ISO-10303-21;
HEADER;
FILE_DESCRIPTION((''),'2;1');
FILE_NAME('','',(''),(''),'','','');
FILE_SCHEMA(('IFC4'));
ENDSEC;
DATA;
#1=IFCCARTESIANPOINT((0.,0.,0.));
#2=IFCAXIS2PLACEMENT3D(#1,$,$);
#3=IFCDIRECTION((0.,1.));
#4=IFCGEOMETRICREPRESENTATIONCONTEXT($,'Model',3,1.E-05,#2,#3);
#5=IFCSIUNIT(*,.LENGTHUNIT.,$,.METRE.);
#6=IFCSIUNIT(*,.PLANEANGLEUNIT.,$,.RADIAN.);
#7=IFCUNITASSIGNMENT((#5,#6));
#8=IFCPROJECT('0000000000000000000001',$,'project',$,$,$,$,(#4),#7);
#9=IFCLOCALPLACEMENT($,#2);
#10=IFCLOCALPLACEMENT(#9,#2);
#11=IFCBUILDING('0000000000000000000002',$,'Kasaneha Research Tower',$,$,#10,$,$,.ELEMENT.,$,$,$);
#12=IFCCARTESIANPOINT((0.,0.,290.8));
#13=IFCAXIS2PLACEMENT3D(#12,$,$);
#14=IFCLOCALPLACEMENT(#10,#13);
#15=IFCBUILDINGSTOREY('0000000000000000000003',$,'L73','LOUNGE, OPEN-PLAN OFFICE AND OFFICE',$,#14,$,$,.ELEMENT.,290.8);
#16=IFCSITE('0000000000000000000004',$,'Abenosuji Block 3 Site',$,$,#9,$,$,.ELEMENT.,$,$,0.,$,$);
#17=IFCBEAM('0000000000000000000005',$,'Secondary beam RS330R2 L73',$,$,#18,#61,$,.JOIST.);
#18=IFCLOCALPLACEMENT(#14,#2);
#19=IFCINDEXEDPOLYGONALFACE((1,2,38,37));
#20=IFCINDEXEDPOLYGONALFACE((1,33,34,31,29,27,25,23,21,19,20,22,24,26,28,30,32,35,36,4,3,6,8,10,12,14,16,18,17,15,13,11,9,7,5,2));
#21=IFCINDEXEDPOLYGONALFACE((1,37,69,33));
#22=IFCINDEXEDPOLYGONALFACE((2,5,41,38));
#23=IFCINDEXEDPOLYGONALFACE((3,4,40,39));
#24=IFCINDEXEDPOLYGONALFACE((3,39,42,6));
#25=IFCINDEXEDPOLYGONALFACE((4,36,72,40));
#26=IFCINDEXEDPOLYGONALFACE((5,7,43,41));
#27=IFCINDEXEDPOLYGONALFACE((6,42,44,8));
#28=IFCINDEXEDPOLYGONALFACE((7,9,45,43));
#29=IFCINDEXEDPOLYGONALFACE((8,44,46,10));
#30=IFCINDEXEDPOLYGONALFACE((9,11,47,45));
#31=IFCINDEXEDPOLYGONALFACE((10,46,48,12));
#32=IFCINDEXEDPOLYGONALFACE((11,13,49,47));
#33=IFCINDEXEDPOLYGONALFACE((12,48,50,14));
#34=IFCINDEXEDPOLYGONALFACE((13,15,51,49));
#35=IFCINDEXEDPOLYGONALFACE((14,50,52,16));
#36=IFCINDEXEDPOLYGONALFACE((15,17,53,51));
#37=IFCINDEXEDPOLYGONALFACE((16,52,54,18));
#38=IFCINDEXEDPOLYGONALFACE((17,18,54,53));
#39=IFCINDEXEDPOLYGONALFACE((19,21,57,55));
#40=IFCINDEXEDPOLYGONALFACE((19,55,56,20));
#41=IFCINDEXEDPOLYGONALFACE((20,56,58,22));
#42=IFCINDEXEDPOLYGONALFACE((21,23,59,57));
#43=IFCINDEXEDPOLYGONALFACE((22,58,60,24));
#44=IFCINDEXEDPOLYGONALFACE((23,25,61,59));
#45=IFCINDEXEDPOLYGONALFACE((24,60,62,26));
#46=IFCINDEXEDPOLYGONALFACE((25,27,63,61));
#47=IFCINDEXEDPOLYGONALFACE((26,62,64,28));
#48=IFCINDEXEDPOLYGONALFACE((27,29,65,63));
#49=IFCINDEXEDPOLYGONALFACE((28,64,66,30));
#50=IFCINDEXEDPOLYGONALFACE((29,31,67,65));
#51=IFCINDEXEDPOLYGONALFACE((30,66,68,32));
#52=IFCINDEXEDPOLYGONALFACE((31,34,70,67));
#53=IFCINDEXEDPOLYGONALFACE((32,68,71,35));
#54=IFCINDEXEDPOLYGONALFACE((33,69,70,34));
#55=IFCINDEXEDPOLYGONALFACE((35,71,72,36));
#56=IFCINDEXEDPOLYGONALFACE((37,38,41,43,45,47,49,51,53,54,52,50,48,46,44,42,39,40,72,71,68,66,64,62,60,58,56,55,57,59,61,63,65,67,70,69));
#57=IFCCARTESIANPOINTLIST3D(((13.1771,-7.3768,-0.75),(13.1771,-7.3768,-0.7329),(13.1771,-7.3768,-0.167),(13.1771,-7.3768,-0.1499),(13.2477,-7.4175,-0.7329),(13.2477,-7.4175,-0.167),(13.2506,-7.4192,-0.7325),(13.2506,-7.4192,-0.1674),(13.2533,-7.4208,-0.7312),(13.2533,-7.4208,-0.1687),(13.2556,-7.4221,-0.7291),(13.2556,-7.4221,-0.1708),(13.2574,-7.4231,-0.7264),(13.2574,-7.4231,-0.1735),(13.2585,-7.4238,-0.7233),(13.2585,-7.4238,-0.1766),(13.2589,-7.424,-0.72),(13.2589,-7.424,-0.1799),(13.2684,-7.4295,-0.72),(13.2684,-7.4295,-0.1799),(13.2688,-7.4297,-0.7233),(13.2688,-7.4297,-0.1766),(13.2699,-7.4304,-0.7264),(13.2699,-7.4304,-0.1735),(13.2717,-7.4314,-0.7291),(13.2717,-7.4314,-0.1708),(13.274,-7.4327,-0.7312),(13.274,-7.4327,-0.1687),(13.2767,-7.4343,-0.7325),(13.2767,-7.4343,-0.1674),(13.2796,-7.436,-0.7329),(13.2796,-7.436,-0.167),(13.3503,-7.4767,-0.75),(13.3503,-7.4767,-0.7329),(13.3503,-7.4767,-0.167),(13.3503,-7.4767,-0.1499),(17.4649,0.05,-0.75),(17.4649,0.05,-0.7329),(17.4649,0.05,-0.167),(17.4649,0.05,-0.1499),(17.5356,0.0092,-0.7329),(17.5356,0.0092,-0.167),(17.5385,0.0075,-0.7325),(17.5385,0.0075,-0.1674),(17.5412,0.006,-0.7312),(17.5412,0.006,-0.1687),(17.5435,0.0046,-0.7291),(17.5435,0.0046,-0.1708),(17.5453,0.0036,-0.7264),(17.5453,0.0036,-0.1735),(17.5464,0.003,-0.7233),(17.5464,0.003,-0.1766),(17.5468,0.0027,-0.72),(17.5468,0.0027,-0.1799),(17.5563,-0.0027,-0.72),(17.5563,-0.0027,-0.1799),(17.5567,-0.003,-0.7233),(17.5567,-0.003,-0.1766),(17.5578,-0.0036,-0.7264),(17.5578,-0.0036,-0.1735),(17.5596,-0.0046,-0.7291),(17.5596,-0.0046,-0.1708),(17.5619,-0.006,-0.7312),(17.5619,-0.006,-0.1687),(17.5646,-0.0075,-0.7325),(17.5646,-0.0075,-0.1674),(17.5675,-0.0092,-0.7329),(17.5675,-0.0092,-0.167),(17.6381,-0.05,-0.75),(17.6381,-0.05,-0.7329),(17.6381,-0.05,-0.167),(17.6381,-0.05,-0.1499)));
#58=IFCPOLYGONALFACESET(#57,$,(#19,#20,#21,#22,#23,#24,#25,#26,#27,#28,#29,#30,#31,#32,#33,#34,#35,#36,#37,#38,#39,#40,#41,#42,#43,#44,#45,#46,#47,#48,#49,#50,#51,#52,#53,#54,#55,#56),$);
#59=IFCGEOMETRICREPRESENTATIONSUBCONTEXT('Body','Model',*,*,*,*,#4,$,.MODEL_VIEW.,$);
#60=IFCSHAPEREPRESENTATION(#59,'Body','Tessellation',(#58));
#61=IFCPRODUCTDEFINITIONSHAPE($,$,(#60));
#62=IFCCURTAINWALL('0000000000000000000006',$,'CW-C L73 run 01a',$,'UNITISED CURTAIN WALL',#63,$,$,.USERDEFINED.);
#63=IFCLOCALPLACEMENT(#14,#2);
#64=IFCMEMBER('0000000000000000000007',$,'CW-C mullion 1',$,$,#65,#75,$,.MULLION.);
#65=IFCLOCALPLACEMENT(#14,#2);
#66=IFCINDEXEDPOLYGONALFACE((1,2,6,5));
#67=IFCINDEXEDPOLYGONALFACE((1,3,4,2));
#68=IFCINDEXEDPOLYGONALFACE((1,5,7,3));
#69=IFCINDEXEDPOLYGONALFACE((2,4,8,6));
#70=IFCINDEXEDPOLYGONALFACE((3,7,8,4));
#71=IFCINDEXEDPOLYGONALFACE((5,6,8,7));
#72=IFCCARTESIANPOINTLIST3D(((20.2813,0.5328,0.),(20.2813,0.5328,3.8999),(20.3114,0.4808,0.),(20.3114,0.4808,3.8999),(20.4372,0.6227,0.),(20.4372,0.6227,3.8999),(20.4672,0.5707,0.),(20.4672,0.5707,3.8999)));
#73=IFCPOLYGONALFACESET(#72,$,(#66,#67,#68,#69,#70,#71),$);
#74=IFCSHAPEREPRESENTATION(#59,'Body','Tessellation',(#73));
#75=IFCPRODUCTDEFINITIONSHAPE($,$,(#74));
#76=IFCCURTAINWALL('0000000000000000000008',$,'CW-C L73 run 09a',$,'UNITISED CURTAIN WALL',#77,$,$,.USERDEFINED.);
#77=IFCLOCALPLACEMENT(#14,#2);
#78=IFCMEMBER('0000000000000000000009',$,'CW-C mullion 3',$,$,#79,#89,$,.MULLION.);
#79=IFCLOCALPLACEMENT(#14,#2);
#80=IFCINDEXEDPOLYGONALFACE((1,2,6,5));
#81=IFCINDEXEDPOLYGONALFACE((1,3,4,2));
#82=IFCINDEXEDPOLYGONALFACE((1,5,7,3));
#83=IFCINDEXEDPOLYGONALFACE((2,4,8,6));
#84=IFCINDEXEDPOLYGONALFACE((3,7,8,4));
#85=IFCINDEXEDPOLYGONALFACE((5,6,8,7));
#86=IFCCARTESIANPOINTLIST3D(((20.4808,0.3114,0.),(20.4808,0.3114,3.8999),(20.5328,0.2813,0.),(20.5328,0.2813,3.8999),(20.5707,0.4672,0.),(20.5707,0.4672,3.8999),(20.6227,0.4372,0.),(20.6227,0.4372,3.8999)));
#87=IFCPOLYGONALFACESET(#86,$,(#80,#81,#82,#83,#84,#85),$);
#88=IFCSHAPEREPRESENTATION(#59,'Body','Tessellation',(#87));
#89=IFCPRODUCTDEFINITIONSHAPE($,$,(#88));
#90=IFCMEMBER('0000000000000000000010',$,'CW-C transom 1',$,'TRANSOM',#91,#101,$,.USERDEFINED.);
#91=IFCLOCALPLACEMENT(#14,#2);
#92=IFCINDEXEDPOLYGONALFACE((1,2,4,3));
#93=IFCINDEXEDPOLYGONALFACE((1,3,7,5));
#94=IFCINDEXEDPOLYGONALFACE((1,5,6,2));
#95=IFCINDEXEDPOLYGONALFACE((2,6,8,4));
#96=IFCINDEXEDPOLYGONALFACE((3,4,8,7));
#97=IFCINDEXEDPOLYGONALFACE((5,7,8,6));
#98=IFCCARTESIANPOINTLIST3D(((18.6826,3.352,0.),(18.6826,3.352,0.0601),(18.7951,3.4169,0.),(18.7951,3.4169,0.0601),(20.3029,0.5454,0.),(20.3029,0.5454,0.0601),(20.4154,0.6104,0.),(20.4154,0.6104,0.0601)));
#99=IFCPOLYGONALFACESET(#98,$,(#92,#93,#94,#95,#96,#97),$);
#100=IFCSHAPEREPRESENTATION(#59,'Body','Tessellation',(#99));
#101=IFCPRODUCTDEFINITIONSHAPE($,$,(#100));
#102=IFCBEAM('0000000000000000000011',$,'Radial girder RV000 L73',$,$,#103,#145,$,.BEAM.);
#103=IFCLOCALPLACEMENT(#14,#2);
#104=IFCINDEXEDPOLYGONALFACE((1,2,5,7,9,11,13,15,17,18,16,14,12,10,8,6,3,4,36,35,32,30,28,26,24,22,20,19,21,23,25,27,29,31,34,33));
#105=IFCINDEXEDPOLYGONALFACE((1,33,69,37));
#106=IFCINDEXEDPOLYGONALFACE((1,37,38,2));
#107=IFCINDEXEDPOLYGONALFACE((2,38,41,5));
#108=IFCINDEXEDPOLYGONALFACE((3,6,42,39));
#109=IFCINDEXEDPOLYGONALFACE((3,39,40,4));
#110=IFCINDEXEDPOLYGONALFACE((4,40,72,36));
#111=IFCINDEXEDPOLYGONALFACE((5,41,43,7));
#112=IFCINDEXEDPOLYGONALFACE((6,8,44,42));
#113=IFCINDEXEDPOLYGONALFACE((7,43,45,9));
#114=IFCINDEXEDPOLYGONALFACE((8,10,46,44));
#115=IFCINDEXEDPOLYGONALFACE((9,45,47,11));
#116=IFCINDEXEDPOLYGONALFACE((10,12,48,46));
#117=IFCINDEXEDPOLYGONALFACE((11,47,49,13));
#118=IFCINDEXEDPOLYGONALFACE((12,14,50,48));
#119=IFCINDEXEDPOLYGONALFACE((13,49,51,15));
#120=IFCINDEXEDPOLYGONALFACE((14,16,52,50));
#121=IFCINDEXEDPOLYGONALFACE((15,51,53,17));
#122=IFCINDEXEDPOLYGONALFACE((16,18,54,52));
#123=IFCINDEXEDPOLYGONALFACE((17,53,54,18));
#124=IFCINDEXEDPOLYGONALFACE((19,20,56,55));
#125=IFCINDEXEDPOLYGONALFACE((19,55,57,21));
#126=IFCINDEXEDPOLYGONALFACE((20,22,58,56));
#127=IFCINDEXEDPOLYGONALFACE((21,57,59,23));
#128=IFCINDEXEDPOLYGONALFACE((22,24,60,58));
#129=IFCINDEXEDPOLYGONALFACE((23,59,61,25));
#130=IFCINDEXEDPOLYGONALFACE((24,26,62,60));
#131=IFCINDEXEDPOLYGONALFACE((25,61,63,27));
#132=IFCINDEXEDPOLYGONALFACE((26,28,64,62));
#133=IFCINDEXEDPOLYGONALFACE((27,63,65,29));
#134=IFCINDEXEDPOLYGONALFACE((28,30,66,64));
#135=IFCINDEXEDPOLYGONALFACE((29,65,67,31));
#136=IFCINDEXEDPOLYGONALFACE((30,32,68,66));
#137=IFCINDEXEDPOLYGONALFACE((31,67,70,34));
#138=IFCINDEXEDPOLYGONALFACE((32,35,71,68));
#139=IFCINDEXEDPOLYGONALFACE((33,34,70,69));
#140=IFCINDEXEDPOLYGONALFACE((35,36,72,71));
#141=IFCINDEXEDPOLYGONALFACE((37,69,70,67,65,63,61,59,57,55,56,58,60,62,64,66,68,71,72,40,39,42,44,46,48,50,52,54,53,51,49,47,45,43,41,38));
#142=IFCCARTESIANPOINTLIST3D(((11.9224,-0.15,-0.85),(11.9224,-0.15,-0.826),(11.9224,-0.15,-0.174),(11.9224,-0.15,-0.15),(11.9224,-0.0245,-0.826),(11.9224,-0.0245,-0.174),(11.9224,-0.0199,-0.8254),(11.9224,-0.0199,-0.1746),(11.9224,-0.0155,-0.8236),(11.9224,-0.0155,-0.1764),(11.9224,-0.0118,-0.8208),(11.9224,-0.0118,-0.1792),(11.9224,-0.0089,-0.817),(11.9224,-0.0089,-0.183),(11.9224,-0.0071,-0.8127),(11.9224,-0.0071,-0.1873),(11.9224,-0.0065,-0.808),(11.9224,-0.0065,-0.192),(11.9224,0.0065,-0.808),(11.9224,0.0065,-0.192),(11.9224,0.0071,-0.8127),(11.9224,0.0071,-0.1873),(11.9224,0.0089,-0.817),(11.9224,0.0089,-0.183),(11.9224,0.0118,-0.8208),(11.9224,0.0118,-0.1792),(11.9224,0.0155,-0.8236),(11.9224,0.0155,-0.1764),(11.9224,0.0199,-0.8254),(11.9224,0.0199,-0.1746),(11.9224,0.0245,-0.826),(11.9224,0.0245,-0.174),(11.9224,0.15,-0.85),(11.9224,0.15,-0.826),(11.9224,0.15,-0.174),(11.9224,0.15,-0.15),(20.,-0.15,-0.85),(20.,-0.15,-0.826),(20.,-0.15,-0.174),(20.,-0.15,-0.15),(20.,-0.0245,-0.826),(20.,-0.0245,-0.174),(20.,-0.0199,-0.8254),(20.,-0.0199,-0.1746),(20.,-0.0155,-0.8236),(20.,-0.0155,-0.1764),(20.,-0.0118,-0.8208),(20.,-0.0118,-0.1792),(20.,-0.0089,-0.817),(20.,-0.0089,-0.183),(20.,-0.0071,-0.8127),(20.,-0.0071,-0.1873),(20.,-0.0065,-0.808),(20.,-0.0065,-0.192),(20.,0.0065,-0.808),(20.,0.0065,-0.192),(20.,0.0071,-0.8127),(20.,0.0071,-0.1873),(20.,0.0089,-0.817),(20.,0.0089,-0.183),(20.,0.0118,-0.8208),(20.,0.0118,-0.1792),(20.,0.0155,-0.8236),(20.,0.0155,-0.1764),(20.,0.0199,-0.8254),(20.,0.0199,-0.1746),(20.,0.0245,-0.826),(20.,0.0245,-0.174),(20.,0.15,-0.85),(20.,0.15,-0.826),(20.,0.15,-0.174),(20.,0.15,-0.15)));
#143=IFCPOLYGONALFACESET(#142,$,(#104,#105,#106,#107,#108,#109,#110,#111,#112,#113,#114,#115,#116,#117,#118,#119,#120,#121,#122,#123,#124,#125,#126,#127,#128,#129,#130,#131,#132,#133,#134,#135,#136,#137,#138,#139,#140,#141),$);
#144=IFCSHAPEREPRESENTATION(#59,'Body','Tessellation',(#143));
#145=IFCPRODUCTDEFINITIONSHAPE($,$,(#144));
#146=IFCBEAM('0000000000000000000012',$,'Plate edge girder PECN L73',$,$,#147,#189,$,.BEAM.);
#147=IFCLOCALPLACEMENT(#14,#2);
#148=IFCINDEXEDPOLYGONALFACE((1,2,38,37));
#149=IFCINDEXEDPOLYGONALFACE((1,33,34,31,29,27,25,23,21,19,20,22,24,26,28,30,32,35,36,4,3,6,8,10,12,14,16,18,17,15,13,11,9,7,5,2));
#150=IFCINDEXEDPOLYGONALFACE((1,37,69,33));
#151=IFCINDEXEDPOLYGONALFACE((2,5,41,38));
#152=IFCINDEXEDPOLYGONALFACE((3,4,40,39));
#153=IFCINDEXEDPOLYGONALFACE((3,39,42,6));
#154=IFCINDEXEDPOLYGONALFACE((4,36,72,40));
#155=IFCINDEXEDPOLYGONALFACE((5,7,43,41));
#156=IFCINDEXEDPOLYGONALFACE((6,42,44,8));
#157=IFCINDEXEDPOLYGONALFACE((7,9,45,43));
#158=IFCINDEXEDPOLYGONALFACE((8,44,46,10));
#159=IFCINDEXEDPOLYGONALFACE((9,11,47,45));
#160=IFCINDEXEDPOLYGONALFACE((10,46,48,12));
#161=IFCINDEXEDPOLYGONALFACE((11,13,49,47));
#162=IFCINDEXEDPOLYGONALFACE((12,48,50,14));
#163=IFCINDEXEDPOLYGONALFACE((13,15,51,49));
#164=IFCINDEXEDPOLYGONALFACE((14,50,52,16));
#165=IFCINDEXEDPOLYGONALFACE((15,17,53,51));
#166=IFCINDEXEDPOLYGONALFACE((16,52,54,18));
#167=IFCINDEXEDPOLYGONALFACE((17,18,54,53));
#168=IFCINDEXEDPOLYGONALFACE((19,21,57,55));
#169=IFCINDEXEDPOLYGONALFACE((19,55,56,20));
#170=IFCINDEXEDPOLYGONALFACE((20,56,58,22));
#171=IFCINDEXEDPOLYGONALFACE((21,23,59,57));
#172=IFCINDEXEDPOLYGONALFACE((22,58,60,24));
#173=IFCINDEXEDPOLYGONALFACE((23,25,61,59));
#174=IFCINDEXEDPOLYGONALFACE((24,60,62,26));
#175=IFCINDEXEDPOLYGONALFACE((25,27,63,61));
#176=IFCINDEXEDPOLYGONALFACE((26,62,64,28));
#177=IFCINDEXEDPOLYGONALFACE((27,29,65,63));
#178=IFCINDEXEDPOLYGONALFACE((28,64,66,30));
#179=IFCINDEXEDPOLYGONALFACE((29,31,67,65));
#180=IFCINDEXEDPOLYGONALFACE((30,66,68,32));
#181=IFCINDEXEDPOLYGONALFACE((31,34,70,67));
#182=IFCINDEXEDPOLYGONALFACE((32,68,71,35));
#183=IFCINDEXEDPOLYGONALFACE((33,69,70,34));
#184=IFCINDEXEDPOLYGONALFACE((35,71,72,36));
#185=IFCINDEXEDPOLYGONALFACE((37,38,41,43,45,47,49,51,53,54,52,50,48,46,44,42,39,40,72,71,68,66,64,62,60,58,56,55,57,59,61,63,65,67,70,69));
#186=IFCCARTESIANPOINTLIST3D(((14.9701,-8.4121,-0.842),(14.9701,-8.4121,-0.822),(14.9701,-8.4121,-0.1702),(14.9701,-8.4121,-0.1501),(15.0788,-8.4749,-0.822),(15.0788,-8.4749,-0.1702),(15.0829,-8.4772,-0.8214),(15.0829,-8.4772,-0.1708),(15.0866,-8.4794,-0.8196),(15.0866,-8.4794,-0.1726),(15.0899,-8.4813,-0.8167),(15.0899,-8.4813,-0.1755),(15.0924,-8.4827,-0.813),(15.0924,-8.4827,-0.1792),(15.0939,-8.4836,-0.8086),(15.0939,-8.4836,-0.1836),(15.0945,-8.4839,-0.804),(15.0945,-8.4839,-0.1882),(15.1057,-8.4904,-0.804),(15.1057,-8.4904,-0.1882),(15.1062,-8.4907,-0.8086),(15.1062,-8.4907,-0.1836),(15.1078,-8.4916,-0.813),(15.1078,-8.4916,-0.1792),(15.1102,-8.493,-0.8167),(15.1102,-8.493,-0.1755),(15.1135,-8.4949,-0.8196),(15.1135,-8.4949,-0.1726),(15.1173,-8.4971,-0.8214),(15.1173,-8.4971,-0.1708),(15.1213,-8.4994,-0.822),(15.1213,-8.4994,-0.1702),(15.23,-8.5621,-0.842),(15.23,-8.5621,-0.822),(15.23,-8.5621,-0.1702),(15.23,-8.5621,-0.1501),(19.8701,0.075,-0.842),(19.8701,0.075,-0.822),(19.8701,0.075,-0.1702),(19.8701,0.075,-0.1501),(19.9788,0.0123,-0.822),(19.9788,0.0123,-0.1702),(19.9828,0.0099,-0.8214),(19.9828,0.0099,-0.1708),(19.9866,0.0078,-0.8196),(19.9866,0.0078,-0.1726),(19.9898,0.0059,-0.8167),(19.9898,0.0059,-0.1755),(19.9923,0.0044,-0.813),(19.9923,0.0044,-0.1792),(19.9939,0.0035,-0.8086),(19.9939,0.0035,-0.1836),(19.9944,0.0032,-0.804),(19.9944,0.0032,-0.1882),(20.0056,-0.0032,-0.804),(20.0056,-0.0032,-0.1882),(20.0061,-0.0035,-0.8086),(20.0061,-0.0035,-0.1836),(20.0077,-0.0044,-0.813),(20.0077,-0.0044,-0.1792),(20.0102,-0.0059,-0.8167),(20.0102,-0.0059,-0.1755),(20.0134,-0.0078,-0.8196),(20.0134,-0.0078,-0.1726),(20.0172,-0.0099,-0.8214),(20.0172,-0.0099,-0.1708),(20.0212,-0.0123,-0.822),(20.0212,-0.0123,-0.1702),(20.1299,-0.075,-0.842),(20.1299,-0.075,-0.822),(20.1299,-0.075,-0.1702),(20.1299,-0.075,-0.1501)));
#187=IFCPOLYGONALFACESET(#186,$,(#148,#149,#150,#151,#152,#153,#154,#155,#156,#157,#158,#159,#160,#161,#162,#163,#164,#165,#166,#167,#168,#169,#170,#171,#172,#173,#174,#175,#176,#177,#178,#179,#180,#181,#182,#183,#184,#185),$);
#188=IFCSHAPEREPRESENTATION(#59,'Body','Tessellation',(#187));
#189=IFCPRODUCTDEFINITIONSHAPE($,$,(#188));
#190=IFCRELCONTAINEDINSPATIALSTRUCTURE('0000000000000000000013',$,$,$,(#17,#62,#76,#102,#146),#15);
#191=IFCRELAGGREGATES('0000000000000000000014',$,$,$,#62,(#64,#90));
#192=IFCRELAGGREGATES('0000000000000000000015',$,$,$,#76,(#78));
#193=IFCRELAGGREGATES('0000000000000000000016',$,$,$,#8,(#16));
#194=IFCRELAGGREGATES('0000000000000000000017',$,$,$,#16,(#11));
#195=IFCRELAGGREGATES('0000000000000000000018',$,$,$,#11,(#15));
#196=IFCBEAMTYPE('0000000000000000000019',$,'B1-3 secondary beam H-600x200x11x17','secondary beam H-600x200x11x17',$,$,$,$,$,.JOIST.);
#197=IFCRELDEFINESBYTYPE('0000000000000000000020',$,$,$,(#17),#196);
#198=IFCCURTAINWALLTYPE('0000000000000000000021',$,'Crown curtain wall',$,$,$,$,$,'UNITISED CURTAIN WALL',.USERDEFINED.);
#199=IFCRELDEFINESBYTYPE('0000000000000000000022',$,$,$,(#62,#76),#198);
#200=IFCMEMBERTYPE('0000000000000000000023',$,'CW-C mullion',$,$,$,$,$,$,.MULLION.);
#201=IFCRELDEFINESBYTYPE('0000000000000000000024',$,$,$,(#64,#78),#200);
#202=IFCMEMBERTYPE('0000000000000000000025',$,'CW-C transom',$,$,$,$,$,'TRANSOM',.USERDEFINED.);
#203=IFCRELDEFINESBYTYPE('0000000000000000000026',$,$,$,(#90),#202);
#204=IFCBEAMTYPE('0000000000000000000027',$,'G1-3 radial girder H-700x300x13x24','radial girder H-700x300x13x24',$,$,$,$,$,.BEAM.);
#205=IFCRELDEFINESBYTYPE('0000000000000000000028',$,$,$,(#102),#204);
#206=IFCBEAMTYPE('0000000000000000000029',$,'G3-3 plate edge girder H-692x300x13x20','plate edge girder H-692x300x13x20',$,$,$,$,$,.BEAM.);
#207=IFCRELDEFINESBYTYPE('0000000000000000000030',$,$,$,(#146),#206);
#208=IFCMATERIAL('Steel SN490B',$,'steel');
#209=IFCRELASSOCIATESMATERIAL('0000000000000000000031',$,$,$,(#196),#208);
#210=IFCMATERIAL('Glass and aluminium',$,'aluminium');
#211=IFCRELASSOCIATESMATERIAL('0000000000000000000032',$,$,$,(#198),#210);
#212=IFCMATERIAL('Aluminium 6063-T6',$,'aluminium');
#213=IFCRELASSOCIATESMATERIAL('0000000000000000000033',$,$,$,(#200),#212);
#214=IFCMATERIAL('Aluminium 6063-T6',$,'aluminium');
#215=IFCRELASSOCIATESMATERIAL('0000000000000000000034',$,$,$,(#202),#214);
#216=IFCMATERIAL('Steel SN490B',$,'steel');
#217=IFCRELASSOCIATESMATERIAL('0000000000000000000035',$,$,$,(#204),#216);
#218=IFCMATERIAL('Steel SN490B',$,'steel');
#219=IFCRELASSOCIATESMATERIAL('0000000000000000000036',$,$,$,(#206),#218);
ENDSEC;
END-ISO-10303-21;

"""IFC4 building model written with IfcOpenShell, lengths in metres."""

from ifc_helpers import new_model, si_unit, direction, frame, origin, origin_2d, place, context, subcontext, project, spatial, rectangle, i_section, extrude, material, material_profile, profile_set, type_object, element, aggregate, save


model = new_model("IFC4")

# Units and contexts
model_context = context("Model", 3, precision=1e-05, world=origin(), true_north=direction((0.0, 1.0)))
body_context = subcontext(model_context, "Body", "Model", "MODEL_VIEW")
ifc_project = project(units=[si_unit("LENGTHUNIT", "METRE"), si_unit("PLANEANGLEUNIT", "RADIAN")], contexts=[model_context])

# Site, building, storey
site_placement = place(None, origin())
site = spatial("IfcSite", under=ifc_project, at=site_placement, Name="Abenosuji Block 3 Site", CompositionType="ELEMENT", RefElevation=0.0)
building_placement = place(site_placement, origin())
building = spatial("IfcBuilding", under=site, at=building_placement, Name="Kasaneha Research Tower", CompositionType="ELEMENT")
storey_placement = place(building_placement, frame((0.0, 0.0, 290.8)))
storey = spatial("IfcBuildingStorey", under=building, at=storey_placement, Name="L73", Description="LOUNGE, OPEN-PLAN OFFICE AND OFFICE", CompositionType="ELEMENT", Elevation=290.8)

# Beam
ifc_material_1 = material(Name="Steel SN490B", Category="steel")
ifc_material_profile_1 = material_profile(ifc_material_1, i_section(OverallWidth=0.2, OverallDepth=0.6001, WebThickness=0.011, FlangeThickness=0.0171, FilletRadius=0.0129, at=origin_2d()), Name="H-600x200x11x17")
ifc_profile_set_1 = profile_set([ifc_material_profile_1], Name="Steel SN490B")
beam_type_1 = type_object("IfcBeamType", Name="B1-3 secondary beam H-600x200x11x17", Description="secondary beam H-600x200x11x17", PredefinedType="JOIST", material=ifc_profile_set_1)
beam_1_placement = place(storey_placement, frame((17.5515, 0.0, -0.45), z_axis=(-0.5, -0.866025, 0.0), x_axis=(0.866025, -0.5, 0.0)))
element("IfcBeam", 1, at=beam_1_placement, inside=storey, type_object=beam_type_1, Name="Secondary beam RS330R2 L73", PredefinedType="JOIST", context=body_context, shape_type="SweptSolid", body=[
    extrude(i_section(OverallWidth=0.2, OverallDepth=0.6001, WebThickness=0.011, FlangeThickness=0.0171, FilletRadius=0.0129, at=origin_2d()), origin(), (0.0, 0.0, 1.0), 8.5757),
])

# Curtain walls, members
ifc_material_2 = material(Name="Glass and aluminium", Category="aluminium")
curtain_wall_type = type_object("IfcCurtainWallType", Name="Crown curtain wall", ElementType="UNITISED CURTAIN WALL", PredefinedType="USERDEFINED", material=ifc_material_2)
curtain_wall_1_placement = place(storey_placement, origin())
curtain_wall_1 = element("IfcCurtainWall", 2, at=curtain_wall_1_placement, inside=storey, type_object=curtain_wall_type, Name="CW-C L73 run 01a", ObjectType="UNITISED CURTAIN WALL", PredefinedType="USERDEFINED")
ifc_material_3 = material(Name="Aluminium 6063-T6", Category="aluminium")
ifc_material_profile_2 = material_profile(ifc_material_3, rectangle(XDim=0.0601, YDim=0.1799, at=origin_2d()), Name="CW-C mullion 60x180")
ifc_profile_set_2 = profile_set([ifc_material_profile_2], Name="Aluminium 6063-T6")
member_type_1 = type_object("IfcMemberType", Name="CW-C mullion", PredefinedType="MULLION", material=ifc_profile_set_2)
member_1_placement = place(storey_placement, frame((20.3743, 0.5518, 0.0), z_axis=(0.0, 0.0, 1.0), x_axis=(-0.5, 0.866025, 0.0)))
member_1 = element("IfcMember", 3, at=member_1_placement, type_object=member_type_1, Name="CW-C mullion 1", PredefinedType="MULLION", context=body_context, shape_type="SweptSolid", body=[
    extrude(rectangle(XDim=0.0601, YDim=0.1799, at=origin_2d()), origin(), (0.0, 0.0, 1.0), 3.8999),
])
curtain_wall_2_placement = place(storey_placement, origin())
curtain_wall_2 = element("IfcCurtainWall", 4, at=curtain_wall_2_placement, inside=storey, type_object=curtain_wall_type, Name="CW-C L73 run 09a", ObjectType="UNITISED CURTAIN WALL", PredefinedType="USERDEFINED")
member_2_placement = place(storey_placement, frame((20.5518, 0.3743, 0.0), z_axis=(0.0, 0.0, 1.0), x_axis=(-0.866025, 0.5, 0.0)))
member_2 = element("IfcMember", 5, at=member_2_placement, type_object=member_type_1, Name="CW-C mullion 3", PredefinedType="MULLION", context=body_context, shape_type="SweptSolid", body=[
    extrude(rectangle(XDim=0.0601, YDim=0.1799, at=origin_2d()), origin(), (0.0, 0.0, 1.0), 3.8999),
])

# Member
ifc_material_4 = material(Name="Aluminium 6063-T6", Category="aluminium")
ifc_material_profile_3 = material_profile(ifc_material_4, rectangle(XDim=0.1299, YDim=0.0601, at=origin_2d()), Name="CW-C transom 130x60")
ifc_profile_set_3 = profile_set([ifc_material_profile_3], Name="Aluminium 6063-T6")
member_type_2 = type_object("IfcMemberType", Name="CW-C transom", ElementType="TRANSOM", PredefinedType="USERDEFINED", material=ifc_profile_set_3)
member_3_placement = place(storey_placement, frame((20.3591, 0.5779, 0.03), z_axis=(-0.499988, 0.866033, 0.0), x_axis=(-0.866033, -0.499988, 0.0)))
member_3 = element("IfcMember", 6, at=member_3_placement, type_object=member_type_2, Name="CW-C transom 1", ObjectType="TRANSOM", PredefinedType="USERDEFINED", context=body_context, shape_type="SweptSolid", body=[
    extrude(rectangle(XDim=0.1299, YDim=0.0601, at=origin_2d()), origin(), (0.0, 0.0, 1.0), 3.2407),
])

# Beams
ifc_material_5 = material(Name="Steel SN490B", Category="steel")
ifc_material_profile_4 = material_profile(ifc_material_5, i_section(OverallWidth=0.3, OverallDepth=0.7, WebThickness=0.0129, FlangeThickness=0.0239, FilletRadius=0.0181, at=origin_2d()), Name="H-700x300x13x24")
ifc_profile_set_4 = profile_set([ifc_material_profile_4], Name="Steel SN490B")
beam_type_2 = type_object("IfcBeamType", Name="G1-3 radial girder H-700x300x13x24", Description="radial girder H-700x300x13x24", PredefinedType="BEAM", material=ifc_profile_set_4)
beam_2_placement = place(storey_placement, frame((11.9224, 0.0, -0.5), z_axis=(1.0, 0.0, 0.0), x_axis=(0.0, 1.0, 0.0)))
element("IfcBeam", 7, at=beam_2_placement, inside=storey, type_object=beam_type_2, Name="Radial girder RV000 L73", PredefinedType="BEAM", context=body_context, shape_type="SweptSolid", body=[
    extrude(i_section(OverallWidth=0.3, OverallDepth=0.7, WebThickness=0.0129, FlangeThickness=0.0239, FilletRadius=0.0181, at=origin_2d()), origin(), (0.0, 0.0, 1.0), 8.0776),
])
ifc_material_6 = material(Name="Steel SN490B", Category="steel")
ifc_material_profile_5 = material_profile(ifc_material_6, i_section(OverallWidth=0.3, OverallDepth=0.6919, WebThickness=0.0129, FlangeThickness=0.02, FilletRadius=0.0181, at=origin_2d()), Name="H-692x300x13x20")
ifc_profile_set_5 = profile_set([ifc_material_profile_5], Name="Steel SN490B")
beam_type_3 = type_object("IfcBeamType", Name="G3-3 plate edge girder H-692x300x13x20", Description="plate edge girder H-692x300x13x20", PredefinedType="BEAM", material=ifc_profile_set_5)
beam_3_placement = place(storey_placement, frame((20.0, 0.0, -0.4961), z_axis=(-0.499992, -0.86603, 0.0), x_axis=(0.86603, -0.499992, 0.0)))
element("IfcBeam", 8, at=beam_3_placement, inside=storey, type_object=beam_type_3, Name="Plate edge girder PECN L73", PredefinedType="BEAM", context=body_context, shape_type="SweptSolid", body=[
    extrude(i_section(OverallWidth=0.3, OverallDepth=0.6919, WebThickness=0.0129, FlangeThickness=0.02, FilletRadius=0.0181, at=origin_2d()), origin(), (0.0, 0.0, 1.0), 9.8),
])

aggregate(curtain_wall_1, [member_1, member_3])
aggregate(curtain_wall_2, [member_2])

save(model, "model.ifc")
